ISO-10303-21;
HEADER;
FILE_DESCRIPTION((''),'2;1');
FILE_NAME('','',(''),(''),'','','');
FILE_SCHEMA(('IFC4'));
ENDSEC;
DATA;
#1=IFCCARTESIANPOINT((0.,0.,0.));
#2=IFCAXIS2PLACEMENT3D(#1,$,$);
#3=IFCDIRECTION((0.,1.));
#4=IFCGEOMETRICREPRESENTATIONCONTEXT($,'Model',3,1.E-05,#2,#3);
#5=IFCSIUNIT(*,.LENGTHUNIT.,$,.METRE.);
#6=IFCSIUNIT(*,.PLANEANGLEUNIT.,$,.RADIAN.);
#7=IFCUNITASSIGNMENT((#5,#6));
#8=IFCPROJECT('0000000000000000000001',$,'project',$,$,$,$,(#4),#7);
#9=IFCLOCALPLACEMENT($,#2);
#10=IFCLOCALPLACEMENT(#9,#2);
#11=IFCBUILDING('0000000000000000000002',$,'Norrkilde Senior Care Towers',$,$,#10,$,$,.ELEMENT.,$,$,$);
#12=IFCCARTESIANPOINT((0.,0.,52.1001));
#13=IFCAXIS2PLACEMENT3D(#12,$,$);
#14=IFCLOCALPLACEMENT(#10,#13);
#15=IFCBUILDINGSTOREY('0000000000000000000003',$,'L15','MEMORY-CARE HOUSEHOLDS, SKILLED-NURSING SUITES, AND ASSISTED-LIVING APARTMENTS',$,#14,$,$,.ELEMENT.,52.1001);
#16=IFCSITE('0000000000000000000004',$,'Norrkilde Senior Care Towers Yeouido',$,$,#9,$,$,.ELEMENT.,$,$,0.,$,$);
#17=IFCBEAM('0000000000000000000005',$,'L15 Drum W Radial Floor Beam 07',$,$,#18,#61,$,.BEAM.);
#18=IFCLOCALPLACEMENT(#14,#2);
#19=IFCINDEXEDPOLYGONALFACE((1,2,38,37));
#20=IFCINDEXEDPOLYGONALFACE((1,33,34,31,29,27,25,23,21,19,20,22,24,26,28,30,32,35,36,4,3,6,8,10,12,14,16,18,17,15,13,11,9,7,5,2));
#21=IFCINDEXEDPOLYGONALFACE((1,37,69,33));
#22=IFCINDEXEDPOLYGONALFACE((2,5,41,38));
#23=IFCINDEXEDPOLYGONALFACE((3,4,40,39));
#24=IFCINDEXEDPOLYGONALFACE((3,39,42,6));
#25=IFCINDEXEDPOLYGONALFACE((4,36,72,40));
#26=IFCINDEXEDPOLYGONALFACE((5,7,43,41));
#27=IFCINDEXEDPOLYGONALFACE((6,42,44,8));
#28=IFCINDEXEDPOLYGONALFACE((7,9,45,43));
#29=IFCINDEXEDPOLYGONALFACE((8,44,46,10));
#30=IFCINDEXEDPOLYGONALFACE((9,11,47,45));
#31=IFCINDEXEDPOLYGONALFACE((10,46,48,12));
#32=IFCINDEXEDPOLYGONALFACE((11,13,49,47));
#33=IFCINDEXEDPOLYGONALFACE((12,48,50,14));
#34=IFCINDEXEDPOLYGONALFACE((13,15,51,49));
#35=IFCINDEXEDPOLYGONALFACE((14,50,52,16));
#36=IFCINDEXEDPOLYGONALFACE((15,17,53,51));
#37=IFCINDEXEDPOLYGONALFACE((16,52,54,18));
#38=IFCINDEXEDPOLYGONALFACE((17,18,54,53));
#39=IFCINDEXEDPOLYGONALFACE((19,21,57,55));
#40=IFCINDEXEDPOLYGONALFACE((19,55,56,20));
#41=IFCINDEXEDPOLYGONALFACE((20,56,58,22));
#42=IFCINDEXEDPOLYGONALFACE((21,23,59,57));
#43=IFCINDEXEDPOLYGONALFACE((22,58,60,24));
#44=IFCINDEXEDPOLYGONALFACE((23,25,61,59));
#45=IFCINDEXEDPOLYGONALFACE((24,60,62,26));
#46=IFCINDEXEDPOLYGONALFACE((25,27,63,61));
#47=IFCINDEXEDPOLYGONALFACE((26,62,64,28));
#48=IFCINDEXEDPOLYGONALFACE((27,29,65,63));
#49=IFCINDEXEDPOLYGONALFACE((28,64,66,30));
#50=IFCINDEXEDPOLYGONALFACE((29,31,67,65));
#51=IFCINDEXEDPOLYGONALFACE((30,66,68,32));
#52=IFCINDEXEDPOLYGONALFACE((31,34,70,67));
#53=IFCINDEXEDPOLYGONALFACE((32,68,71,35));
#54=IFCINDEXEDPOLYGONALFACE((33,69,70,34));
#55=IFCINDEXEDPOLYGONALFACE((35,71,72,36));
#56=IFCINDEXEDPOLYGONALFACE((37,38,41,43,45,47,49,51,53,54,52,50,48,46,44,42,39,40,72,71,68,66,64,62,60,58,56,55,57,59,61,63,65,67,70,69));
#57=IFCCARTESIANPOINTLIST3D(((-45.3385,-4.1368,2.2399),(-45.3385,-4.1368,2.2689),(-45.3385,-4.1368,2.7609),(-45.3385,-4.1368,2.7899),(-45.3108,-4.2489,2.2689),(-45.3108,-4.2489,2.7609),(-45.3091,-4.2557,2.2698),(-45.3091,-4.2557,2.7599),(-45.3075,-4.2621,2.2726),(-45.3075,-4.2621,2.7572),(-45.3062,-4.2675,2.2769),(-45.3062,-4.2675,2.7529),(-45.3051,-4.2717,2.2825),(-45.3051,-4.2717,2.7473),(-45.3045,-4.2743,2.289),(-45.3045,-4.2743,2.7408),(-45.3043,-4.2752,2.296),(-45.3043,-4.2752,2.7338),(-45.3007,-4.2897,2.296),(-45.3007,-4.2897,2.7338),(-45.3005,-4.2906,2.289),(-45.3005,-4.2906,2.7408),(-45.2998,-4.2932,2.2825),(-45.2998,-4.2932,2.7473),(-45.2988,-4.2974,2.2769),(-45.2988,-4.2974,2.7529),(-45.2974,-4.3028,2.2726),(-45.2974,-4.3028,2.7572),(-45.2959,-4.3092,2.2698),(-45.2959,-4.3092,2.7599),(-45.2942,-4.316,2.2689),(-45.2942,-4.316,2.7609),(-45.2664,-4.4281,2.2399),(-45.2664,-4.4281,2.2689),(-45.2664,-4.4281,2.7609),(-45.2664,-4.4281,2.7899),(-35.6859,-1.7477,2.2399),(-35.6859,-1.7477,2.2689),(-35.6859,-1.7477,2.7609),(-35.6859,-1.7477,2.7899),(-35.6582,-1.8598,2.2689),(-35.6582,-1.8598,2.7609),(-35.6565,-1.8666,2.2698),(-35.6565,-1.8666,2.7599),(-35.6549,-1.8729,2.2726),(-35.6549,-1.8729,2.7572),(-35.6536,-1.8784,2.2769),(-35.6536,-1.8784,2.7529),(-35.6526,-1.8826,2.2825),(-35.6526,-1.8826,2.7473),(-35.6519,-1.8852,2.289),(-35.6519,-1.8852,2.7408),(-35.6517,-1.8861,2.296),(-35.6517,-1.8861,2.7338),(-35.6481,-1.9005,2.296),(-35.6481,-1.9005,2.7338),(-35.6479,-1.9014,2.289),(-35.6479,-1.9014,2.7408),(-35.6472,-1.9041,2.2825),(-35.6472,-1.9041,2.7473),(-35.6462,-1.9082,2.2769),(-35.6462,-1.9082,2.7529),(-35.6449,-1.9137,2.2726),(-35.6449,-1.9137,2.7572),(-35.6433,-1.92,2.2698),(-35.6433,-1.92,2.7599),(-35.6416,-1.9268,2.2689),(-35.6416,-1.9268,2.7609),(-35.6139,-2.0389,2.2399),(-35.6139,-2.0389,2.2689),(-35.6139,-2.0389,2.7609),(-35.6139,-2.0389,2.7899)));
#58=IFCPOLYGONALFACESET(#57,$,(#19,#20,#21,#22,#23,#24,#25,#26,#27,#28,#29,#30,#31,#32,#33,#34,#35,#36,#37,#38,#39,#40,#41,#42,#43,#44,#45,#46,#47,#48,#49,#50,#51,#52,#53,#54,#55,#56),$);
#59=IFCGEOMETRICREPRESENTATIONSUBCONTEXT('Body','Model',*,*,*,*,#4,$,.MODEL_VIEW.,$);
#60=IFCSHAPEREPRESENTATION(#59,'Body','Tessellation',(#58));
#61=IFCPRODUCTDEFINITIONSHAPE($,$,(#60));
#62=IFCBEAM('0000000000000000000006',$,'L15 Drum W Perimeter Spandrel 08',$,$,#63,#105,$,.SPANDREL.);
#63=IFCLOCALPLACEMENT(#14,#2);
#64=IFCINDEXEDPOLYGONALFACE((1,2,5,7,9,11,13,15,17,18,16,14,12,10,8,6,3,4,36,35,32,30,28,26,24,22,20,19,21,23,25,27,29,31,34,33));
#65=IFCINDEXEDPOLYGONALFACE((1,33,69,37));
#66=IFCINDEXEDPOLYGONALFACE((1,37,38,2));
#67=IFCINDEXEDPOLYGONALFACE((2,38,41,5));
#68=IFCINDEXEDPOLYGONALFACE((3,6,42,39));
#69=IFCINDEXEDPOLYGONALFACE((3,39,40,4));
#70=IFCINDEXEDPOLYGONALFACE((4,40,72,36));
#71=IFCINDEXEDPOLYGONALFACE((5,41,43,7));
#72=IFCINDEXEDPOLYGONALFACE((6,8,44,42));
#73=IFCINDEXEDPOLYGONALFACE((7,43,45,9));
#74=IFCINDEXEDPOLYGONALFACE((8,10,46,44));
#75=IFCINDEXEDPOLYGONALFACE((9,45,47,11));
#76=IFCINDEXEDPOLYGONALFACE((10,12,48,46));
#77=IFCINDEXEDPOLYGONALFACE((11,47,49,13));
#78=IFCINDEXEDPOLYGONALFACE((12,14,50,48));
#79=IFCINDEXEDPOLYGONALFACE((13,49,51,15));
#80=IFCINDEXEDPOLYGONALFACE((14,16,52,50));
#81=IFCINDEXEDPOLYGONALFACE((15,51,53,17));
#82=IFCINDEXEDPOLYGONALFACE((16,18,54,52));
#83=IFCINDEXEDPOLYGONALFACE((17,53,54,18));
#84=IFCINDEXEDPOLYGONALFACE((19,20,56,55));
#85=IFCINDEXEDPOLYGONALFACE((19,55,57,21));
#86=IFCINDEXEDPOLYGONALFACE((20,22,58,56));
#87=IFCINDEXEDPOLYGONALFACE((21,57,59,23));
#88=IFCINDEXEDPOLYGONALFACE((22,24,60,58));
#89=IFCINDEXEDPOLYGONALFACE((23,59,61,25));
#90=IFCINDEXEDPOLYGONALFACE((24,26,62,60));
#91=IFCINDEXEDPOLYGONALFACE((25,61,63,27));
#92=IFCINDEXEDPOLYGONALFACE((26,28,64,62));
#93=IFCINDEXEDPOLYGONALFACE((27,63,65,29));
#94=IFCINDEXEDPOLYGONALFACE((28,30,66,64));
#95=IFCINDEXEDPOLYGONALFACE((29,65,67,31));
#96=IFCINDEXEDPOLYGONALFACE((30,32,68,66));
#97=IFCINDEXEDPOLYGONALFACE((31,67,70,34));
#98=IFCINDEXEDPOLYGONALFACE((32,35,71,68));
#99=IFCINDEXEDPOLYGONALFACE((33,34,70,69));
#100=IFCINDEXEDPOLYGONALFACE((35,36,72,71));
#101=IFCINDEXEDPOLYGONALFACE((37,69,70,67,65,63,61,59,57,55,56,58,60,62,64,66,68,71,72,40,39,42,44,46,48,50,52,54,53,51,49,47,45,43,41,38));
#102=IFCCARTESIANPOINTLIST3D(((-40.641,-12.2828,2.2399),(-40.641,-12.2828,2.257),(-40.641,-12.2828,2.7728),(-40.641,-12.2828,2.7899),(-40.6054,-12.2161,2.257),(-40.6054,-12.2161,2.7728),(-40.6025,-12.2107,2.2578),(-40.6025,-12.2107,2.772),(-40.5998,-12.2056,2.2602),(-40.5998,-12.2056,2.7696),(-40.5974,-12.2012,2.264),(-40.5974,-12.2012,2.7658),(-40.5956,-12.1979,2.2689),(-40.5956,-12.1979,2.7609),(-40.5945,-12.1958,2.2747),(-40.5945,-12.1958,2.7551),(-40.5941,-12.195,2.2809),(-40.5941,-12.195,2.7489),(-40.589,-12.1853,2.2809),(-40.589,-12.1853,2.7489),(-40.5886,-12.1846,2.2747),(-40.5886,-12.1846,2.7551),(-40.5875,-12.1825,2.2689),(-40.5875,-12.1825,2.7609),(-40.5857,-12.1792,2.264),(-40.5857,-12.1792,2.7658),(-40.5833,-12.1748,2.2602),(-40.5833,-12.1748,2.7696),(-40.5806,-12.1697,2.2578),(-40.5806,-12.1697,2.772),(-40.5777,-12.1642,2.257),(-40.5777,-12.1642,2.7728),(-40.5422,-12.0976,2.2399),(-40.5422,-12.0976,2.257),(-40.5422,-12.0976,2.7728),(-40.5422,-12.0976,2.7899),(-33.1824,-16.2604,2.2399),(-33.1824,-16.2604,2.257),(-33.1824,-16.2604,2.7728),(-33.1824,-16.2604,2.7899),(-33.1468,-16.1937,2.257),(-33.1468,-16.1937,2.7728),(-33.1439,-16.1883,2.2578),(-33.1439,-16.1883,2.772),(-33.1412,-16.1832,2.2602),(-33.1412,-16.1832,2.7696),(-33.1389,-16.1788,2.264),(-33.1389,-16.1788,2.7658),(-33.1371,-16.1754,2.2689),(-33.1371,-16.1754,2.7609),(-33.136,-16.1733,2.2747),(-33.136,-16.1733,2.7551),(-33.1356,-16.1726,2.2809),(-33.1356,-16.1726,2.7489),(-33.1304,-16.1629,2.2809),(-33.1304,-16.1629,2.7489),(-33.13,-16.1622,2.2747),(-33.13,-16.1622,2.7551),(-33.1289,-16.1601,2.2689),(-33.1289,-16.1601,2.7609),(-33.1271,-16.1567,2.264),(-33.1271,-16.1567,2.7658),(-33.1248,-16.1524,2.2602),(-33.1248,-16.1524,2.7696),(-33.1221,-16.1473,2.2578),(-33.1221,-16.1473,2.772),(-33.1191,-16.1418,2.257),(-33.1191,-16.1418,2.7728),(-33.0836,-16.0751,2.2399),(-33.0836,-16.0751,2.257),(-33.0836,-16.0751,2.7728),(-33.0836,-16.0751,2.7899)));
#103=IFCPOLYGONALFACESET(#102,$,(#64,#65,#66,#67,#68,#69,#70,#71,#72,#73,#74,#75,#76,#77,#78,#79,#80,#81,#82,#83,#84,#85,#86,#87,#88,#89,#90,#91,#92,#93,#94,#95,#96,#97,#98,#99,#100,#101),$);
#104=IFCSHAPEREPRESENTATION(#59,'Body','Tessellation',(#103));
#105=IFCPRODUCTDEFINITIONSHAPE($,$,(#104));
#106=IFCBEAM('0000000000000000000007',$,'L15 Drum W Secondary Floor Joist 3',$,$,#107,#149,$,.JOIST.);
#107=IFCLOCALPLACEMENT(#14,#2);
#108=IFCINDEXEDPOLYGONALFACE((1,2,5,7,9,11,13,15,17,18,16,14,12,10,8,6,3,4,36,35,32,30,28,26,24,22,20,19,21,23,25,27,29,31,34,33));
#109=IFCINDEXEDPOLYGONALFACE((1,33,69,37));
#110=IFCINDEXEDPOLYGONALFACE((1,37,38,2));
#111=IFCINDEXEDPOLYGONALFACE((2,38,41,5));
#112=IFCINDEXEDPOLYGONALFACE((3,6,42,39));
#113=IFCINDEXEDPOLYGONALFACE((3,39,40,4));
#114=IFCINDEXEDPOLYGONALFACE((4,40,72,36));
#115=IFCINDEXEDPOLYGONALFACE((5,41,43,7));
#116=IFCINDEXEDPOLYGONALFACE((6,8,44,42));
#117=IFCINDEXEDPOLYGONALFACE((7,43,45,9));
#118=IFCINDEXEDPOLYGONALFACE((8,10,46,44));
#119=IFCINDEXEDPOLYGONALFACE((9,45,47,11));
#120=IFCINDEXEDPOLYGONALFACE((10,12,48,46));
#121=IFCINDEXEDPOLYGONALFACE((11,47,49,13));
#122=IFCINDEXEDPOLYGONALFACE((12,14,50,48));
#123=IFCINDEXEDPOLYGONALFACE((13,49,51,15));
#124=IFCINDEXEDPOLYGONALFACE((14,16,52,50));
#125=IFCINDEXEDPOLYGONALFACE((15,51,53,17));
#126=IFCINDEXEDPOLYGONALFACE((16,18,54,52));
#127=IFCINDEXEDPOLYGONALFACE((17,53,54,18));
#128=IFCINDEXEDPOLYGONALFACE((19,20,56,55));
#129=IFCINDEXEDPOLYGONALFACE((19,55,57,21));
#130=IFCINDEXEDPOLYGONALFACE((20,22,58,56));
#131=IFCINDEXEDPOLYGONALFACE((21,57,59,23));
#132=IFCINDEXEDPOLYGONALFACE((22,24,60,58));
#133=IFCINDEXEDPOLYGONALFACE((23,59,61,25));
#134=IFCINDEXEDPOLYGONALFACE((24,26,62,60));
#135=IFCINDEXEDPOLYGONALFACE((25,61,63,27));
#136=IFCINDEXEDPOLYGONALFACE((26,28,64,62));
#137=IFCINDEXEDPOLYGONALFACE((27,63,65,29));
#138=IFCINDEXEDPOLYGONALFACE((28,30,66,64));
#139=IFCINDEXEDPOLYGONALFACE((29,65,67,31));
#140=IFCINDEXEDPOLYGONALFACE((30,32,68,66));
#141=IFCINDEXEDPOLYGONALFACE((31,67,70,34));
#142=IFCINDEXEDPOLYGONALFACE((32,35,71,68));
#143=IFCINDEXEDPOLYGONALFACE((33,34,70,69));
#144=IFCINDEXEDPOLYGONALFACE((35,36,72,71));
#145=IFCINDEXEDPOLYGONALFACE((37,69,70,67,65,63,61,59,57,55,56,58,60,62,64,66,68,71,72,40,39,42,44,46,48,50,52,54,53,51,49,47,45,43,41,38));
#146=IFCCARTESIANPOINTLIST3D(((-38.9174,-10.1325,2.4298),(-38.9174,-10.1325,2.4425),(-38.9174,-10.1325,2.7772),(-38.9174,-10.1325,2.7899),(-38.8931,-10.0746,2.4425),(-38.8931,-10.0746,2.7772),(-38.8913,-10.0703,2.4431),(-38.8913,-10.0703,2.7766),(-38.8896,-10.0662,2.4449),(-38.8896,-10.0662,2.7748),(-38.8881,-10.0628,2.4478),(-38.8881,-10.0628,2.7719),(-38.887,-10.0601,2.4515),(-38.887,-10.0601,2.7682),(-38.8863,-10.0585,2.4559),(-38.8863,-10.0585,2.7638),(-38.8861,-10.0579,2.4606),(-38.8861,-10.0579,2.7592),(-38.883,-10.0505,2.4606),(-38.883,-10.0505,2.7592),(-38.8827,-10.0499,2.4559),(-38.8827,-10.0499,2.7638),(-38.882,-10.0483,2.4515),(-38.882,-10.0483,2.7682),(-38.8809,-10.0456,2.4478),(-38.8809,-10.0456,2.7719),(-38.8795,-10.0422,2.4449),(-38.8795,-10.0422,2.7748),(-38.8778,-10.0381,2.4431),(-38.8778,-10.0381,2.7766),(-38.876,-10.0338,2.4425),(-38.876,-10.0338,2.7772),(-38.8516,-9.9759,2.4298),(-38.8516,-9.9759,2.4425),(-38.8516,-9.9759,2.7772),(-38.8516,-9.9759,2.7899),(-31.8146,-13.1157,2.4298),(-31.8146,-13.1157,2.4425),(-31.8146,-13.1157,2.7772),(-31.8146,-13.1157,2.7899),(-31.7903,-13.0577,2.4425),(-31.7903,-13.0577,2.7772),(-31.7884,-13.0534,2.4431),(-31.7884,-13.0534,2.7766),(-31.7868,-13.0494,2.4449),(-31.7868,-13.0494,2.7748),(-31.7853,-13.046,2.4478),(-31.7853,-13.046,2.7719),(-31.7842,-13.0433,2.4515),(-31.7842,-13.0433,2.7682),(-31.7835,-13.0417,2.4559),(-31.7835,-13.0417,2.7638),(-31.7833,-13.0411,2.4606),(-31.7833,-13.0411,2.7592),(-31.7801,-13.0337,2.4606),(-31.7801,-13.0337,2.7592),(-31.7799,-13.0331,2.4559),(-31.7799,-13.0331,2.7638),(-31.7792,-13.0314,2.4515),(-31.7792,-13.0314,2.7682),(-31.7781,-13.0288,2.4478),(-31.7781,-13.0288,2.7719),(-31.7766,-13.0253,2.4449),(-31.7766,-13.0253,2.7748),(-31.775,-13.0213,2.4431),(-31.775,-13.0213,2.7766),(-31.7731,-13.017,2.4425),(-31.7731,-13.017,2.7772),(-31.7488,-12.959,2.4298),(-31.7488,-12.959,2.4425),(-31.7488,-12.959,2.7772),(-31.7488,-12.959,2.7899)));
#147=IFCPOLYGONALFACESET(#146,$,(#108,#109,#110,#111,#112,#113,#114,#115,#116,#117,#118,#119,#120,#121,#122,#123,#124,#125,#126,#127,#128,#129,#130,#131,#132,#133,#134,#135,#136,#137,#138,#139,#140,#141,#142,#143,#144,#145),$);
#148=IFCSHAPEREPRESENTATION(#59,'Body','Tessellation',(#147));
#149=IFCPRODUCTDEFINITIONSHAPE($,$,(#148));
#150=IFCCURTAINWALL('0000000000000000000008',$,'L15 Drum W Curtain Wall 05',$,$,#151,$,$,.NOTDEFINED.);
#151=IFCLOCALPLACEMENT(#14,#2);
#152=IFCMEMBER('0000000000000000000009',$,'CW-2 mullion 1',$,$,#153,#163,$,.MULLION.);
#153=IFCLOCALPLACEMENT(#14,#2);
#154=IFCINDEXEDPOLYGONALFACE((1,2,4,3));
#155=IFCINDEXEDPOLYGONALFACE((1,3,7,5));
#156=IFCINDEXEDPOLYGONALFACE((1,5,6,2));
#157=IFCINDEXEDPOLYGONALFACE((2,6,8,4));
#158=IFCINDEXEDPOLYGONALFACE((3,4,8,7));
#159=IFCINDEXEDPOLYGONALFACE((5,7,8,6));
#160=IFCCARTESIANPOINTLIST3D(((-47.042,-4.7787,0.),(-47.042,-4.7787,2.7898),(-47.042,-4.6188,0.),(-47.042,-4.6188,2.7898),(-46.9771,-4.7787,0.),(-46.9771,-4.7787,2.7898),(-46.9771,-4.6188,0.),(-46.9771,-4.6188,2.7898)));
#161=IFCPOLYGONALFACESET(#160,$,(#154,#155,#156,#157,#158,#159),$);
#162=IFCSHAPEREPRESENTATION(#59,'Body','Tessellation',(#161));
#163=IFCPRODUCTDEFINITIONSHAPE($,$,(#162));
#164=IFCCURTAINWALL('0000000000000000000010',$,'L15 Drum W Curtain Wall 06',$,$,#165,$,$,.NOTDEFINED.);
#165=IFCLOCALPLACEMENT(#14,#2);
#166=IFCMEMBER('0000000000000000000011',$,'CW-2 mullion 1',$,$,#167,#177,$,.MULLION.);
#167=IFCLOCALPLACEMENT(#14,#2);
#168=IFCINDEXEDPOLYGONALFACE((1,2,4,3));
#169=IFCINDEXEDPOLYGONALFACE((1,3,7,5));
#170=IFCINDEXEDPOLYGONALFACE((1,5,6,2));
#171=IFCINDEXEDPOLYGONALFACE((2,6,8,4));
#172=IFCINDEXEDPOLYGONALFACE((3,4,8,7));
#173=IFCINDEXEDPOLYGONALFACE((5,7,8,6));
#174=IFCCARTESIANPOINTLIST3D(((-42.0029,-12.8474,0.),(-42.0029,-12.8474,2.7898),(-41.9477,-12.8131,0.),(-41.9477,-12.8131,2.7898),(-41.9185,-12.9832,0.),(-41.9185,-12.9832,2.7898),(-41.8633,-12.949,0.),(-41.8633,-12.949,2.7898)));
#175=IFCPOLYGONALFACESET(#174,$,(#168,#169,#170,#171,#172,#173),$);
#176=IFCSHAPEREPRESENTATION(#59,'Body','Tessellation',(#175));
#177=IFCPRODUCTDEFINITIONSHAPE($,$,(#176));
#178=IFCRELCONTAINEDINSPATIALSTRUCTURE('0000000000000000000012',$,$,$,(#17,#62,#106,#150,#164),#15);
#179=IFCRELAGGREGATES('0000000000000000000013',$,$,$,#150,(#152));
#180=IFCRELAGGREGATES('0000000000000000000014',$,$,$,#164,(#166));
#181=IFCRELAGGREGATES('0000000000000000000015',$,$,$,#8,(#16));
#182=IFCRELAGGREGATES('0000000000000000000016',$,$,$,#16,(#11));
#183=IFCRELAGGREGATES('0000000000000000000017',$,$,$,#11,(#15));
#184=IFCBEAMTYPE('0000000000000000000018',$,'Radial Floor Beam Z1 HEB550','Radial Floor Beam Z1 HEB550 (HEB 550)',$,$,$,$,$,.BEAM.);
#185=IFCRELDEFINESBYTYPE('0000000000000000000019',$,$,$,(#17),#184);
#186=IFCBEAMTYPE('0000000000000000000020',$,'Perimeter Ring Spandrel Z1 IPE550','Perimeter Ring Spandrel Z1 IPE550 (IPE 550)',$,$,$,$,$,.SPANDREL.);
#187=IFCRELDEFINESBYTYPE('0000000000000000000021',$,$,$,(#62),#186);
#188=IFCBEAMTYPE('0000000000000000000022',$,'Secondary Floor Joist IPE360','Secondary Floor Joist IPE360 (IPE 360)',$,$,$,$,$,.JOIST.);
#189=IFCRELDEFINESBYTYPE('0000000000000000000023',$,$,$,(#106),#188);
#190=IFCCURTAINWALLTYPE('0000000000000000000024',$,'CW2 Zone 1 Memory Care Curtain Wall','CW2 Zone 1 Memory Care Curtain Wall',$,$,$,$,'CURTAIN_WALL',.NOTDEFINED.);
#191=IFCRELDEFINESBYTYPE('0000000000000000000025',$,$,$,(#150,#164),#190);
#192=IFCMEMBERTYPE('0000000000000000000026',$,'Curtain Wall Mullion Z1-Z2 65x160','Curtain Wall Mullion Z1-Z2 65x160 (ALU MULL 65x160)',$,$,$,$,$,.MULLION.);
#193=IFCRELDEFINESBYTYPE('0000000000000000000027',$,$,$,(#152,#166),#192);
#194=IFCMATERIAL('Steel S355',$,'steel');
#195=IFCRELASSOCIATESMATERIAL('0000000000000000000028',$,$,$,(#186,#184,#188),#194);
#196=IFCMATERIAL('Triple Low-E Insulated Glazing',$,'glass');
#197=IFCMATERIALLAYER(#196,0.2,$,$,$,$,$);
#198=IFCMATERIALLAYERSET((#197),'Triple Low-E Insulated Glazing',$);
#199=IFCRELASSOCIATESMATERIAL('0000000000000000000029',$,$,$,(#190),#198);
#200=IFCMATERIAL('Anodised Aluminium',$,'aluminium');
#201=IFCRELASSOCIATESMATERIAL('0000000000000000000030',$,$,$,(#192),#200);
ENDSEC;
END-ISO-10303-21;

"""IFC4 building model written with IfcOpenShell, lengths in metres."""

from ifc_helpers import new_model, si_unit, direction, frame, origin, origin_2d, place, context, subcontext, project, spatial, rectangle, i_section, extrude, source, transform, mapped, material, layer, layer_set, material_profile, profile_set, type_object, type_shapes, element, aggregate, save


model = new_model("IFC4")

# Units and contexts
model_context = context("Model", 3, precision=1e-05, world=origin(), true_north=direction((0.0, 1.0)))
body_context = subcontext(model_context, "Body", "Model", "MODEL_VIEW")
ifc_project = project(units=[si_unit("LENGTHUNIT", "METRE"), si_unit("PLANEANGLEUNIT", "RADIAN")], contexts=[model_context])

# Site, building, storey
site_placement = place(None, origin())
site = spatial("IfcSite", under=ifc_project, at=site_placement, Name="Norrkilde Senior Care Towers Yeouido", CompositionType="ELEMENT", RefElevation=0.0)
building_placement = place(site_placement, origin())
building = spatial("IfcBuilding", under=site, at=building_placement, Name="Norrkilde Senior Care Towers", CompositionType="ELEMENT")
storey_placement = place(building_placement, frame((0.0, 0.0, 52.1001)))
storey = spatial("IfcBuildingStorey", under=building, at=storey_placement, Name="L15", Description="MEMORY-CARE HOUSEHOLDS, SKILLED-NURSING SUITES, AND ASSISTED-LIVING APARTMENTS", CompositionType="ELEMENT", Elevation=52.1001)

# Beams
ifc_material_1 = material(Name="Steel S355", Category="steel")
ifc_material_profile_1 = material_profile(ifc_material_1, i_section(OverallWidth=0.21, OverallDepth=0.55, WebThickness=0.011, FlangeThickness=0.0171, FilletRadius=0.0239, at=origin_2d()), Name="IPE 550")
ifc_profile_set_1 = profile_set([ifc_material_profile_1], Name="Steel S355")
beam_type_1 = type_object("IfcBeamType", Name="Perimeter Ring Spandrel Z1 IPE550", Description="Perimeter Ring Spandrel Z1 IPE550 (IPE 550)", PredefinedType="SPANDREL", material=ifc_profile_set_1)
ifc_material_profile_2 = material_profile(ifc_material_1, i_section(OverallWidth=0.3, OverallDepth=0.55, WebThickness=0.0149, FlangeThickness=0.0291, FilletRadius=0.0271, at=origin_2d()), Name="HEB 550")
ifc_profile_set_2 = profile_set([ifc_material_profile_2], Name="Steel S355")
beam_type_2 = type_object("IfcBeamType", Name="Radial Floor Beam Z1 HEB550", Description="Radial Floor Beam Z1 HEB550 (HEB 550)", PredefinedType="BEAM", material=ifc_profile_set_2)
shared_shape_1 = source(origin(), body_context, "Body", "SweptSolid", [
    extrude(i_section(OverallWidth=0.3, OverallDepth=0.55, WebThickness=0.0149, FlangeThickness=0.0291, FilletRadius=0.0271, at=origin_2d()), origin(), (0.0, 0.0, 1.0), 9.9438),
])
type_shapes(beam_type_2, [shared_shape_1])
beam_1_placement = place(storey_placement, frame((-35.6499, -1.8933, 2.5149), z_axis=(-0.970707, -0.240265, 0.0), x_axis=(0.240265, -0.970707, 0.0)))
element("IfcBeam", 1, at=beam_1_placement, inside=storey, type_object=beam_type_2, Name="L15 Drum W Radial Floor Beam 07", PredefinedType="BEAM", context=body_context, shape_type="MappedRepresentation", body=[
    mapped(shared_shape_1, transform((0.0, 0.0, 0.0), x_axis=(1.0, 0.0, 0.0), y_axis=(0.0, 1.0, 0.0), z_axis=(0.0, 0.0, 1.0), scale=1.0)),
])
shared_shape_2 = source(origin(), body_context, "Body", "SweptSolid", [
    extrude(i_section(OverallWidth=0.21, OverallDepth=0.55, WebThickness=0.011, FlangeThickness=0.0171, FilletRadius=0.0239, at=origin_2d()), origin(), (0.0, 0.0, 1.0), 8.4529),
])
beam_2_placement = place(storey_placement, frame((-40.5916, -12.1902, 2.5149), z_axis=(0.882369, -0.470558, 0.0), x_axis=(0.470558, 0.882369, 0.0)))
element("IfcBeam", 2, at=beam_2_placement, inside=storey, type_object=beam_type_1, Name="L15 Drum W Perimeter Spandrel 08", PredefinedType="SPANDREL", context=body_context, shape_type="MappedRepresentation", body=[
    mapped(shared_shape_2, transform((0.0, 0.0, 0.0), x_axis=(1.0, 0.0, 0.0), y_axis=(0.0, 1.0, 0.0), z_axis=(0.0, 0.0, 1.0), scale=1.0)),
])
ifc_material_profile_3 = material_profile(ifc_material_1, i_section(OverallWidth=0.1699, OverallDepth=0.3601, WebThickness=0.0081, FlangeThickness=0.0127, FilletRadius=0.0181, at=origin_2d()), Name="IPE 360")
ifc_profile_set_3 = profile_set([ifc_material_profile_3], Name="Steel S355")
beam_type_3 = type_object("IfcBeamType", Name="Secondary Floor Joist IPE360", Description="Secondary Floor Joist IPE360 (IPE 360)", PredefinedType="JOIST", material=ifc_profile_set_3)
shared_shape_3 = source(origin(), body_context, "Body", "SweptSolid", [
    extrude(i_section(OverallWidth=0.1699, OverallDepth=0.3601, WebThickness=0.0081, FlangeThickness=0.0127, FilletRadius=0.0181, at=origin_2d()), origin(), (0.0, 0.0, 1.0), 7.7039),
])
type_shapes(beam_type_3, [shared_shape_3])
beam_3_placement = place(storey_placement, frame((-38.8845, -10.0542, 2.6099), z_axis=(0.921983, -0.387231, 0.0), x_axis=(0.387231, 0.921983, 0.0)))
element("IfcBeam", 3, at=beam_3_placement, inside=storey, type_object=beam_type_3, Name="L15 Drum W Secondary Floor Joist 3", PredefinedType="JOIST", context=body_context, shape_type="MappedRepresentation", body=[
    mapped(shared_shape_3, transform((0.0, 0.0, 0.0), x_axis=(1.0, 0.0, 0.0), y_axis=(0.0, 1.0, 0.0), z_axis=(0.0, 0.0, 1.0), scale=1.0)),
])

# Curtain wall, member
ifc_material_2 = material(Name="Triple Low-E Insulated Glazing", Category="glass")
ifc_layer_1 = layer(ifc_material_2, 0.2)
ifc_layer_set_1 = layer_set([ifc_layer_1], Name="Triple Low-E Insulated Glazing")
curtain_wall_type = type_object("IfcCurtainWallType", Name="CW2 Zone 1 Memory Care Curtain Wall", Description="CW2 Zone 1 Memory Care Curtain Wall", ElementType="CURTAIN_WALL", PredefinedType="NOTDEFINED", material=ifc_layer_set_1)
curtain_wall_1_placement = place(storey_placement, origin())
curtain_wall_1 = element("IfcCurtainWall", 4, at=curtain_wall_1_placement, inside=storey, type_object=curtain_wall_type, Name="L15 Drum W Curtain Wall 05", PredefinedType="NOTDEFINED")
ifc_material_3 = material(Name="Anodised Aluminium", Category="aluminium")
ifc_material_profile_4 = material_profile(ifc_material_3, rectangle(XDim=0.0649, YDim=0.1599, at=origin_2d()), Name="ALU MULL 65x160")
ifc_profile_set_4 = profile_set([ifc_material_profile_4], Name="Anodised Aluminium")
member_type_1 = type_object("IfcMemberType", Name="Curtain Wall Mullion Z1-Z2 65x160", Description="Curtain Wall Mullion Z1-Z2 65x160 (ALU MULL 65x160)", PredefinedType="MULLION", material=ifc_profile_set_4)
shared_shape_4 = source(origin(), body_context, "Body", "SweptSolid", [
    extrude(rectangle(XDim=0.0649, YDim=0.1599, at=origin_2d()), origin(), (0.0, 0.0, 1.0), 2.7898),
])
type_shapes(member_type_1, [shared_shape_4])
member_1_placement = place(storey_placement, frame((-47.0095, -4.6987, 0.0), z_axis=(0.0, 0.0, 1.0), x_axis=(-1.0, 0.0, 0.0)))
member_1 = element("IfcMember", 5, at=member_1_placement, type_object=member_type_1, Name="CW-2 mullion 1", PredefinedType="MULLION", context=body_context, shape_type="MappedRepresentation", body=[
    mapped(shared_shape_4, transform((0.0, 0.0, 0.0), x_axis=(1.0, 0.0, 0.0), y_axis=(0.0, 1.0, 0.0), z_axis=(0.0, 0.0, 1.0), scale=1.0)),
])

# Curtain wall, member
curtain_wall_2_placement = place(storey_placement, origin())
curtain_wall_2 = element("IfcCurtainWall", 6, at=curtain_wall_2_placement, inside=storey, type_object=curtain_wall_type, Name="L15 Drum W Curtain Wall 06", PredefinedType="NOTDEFINED")
member_2_placement = place(storey_placement, frame((-41.9331, -12.8982, 0.0), z_axis=(0.0, 0.0, 1.0), x_axis=(-0.849306, -0.527901, 0.0)))
member_2 = element("IfcMember", 7, at=member_2_placement, type_object=member_type_1, Name="CW-2 mullion 1", PredefinedType="MULLION", context=body_context, shape_type="MappedRepresentation", body=[
    mapped(shared_shape_4, transform((0.0, 0.0, 0.0), x_axis=(1.0, 0.0, 0.0), y_axis=(0.0, 1.0, 0.0), z_axis=(0.0, 0.0, 1.0), scale=1.0)),
])

aggregate(curtain_wall_1, [member_1])

aggregate(curtain_wall_2, [member_2])

save(model, "model.ifc")
